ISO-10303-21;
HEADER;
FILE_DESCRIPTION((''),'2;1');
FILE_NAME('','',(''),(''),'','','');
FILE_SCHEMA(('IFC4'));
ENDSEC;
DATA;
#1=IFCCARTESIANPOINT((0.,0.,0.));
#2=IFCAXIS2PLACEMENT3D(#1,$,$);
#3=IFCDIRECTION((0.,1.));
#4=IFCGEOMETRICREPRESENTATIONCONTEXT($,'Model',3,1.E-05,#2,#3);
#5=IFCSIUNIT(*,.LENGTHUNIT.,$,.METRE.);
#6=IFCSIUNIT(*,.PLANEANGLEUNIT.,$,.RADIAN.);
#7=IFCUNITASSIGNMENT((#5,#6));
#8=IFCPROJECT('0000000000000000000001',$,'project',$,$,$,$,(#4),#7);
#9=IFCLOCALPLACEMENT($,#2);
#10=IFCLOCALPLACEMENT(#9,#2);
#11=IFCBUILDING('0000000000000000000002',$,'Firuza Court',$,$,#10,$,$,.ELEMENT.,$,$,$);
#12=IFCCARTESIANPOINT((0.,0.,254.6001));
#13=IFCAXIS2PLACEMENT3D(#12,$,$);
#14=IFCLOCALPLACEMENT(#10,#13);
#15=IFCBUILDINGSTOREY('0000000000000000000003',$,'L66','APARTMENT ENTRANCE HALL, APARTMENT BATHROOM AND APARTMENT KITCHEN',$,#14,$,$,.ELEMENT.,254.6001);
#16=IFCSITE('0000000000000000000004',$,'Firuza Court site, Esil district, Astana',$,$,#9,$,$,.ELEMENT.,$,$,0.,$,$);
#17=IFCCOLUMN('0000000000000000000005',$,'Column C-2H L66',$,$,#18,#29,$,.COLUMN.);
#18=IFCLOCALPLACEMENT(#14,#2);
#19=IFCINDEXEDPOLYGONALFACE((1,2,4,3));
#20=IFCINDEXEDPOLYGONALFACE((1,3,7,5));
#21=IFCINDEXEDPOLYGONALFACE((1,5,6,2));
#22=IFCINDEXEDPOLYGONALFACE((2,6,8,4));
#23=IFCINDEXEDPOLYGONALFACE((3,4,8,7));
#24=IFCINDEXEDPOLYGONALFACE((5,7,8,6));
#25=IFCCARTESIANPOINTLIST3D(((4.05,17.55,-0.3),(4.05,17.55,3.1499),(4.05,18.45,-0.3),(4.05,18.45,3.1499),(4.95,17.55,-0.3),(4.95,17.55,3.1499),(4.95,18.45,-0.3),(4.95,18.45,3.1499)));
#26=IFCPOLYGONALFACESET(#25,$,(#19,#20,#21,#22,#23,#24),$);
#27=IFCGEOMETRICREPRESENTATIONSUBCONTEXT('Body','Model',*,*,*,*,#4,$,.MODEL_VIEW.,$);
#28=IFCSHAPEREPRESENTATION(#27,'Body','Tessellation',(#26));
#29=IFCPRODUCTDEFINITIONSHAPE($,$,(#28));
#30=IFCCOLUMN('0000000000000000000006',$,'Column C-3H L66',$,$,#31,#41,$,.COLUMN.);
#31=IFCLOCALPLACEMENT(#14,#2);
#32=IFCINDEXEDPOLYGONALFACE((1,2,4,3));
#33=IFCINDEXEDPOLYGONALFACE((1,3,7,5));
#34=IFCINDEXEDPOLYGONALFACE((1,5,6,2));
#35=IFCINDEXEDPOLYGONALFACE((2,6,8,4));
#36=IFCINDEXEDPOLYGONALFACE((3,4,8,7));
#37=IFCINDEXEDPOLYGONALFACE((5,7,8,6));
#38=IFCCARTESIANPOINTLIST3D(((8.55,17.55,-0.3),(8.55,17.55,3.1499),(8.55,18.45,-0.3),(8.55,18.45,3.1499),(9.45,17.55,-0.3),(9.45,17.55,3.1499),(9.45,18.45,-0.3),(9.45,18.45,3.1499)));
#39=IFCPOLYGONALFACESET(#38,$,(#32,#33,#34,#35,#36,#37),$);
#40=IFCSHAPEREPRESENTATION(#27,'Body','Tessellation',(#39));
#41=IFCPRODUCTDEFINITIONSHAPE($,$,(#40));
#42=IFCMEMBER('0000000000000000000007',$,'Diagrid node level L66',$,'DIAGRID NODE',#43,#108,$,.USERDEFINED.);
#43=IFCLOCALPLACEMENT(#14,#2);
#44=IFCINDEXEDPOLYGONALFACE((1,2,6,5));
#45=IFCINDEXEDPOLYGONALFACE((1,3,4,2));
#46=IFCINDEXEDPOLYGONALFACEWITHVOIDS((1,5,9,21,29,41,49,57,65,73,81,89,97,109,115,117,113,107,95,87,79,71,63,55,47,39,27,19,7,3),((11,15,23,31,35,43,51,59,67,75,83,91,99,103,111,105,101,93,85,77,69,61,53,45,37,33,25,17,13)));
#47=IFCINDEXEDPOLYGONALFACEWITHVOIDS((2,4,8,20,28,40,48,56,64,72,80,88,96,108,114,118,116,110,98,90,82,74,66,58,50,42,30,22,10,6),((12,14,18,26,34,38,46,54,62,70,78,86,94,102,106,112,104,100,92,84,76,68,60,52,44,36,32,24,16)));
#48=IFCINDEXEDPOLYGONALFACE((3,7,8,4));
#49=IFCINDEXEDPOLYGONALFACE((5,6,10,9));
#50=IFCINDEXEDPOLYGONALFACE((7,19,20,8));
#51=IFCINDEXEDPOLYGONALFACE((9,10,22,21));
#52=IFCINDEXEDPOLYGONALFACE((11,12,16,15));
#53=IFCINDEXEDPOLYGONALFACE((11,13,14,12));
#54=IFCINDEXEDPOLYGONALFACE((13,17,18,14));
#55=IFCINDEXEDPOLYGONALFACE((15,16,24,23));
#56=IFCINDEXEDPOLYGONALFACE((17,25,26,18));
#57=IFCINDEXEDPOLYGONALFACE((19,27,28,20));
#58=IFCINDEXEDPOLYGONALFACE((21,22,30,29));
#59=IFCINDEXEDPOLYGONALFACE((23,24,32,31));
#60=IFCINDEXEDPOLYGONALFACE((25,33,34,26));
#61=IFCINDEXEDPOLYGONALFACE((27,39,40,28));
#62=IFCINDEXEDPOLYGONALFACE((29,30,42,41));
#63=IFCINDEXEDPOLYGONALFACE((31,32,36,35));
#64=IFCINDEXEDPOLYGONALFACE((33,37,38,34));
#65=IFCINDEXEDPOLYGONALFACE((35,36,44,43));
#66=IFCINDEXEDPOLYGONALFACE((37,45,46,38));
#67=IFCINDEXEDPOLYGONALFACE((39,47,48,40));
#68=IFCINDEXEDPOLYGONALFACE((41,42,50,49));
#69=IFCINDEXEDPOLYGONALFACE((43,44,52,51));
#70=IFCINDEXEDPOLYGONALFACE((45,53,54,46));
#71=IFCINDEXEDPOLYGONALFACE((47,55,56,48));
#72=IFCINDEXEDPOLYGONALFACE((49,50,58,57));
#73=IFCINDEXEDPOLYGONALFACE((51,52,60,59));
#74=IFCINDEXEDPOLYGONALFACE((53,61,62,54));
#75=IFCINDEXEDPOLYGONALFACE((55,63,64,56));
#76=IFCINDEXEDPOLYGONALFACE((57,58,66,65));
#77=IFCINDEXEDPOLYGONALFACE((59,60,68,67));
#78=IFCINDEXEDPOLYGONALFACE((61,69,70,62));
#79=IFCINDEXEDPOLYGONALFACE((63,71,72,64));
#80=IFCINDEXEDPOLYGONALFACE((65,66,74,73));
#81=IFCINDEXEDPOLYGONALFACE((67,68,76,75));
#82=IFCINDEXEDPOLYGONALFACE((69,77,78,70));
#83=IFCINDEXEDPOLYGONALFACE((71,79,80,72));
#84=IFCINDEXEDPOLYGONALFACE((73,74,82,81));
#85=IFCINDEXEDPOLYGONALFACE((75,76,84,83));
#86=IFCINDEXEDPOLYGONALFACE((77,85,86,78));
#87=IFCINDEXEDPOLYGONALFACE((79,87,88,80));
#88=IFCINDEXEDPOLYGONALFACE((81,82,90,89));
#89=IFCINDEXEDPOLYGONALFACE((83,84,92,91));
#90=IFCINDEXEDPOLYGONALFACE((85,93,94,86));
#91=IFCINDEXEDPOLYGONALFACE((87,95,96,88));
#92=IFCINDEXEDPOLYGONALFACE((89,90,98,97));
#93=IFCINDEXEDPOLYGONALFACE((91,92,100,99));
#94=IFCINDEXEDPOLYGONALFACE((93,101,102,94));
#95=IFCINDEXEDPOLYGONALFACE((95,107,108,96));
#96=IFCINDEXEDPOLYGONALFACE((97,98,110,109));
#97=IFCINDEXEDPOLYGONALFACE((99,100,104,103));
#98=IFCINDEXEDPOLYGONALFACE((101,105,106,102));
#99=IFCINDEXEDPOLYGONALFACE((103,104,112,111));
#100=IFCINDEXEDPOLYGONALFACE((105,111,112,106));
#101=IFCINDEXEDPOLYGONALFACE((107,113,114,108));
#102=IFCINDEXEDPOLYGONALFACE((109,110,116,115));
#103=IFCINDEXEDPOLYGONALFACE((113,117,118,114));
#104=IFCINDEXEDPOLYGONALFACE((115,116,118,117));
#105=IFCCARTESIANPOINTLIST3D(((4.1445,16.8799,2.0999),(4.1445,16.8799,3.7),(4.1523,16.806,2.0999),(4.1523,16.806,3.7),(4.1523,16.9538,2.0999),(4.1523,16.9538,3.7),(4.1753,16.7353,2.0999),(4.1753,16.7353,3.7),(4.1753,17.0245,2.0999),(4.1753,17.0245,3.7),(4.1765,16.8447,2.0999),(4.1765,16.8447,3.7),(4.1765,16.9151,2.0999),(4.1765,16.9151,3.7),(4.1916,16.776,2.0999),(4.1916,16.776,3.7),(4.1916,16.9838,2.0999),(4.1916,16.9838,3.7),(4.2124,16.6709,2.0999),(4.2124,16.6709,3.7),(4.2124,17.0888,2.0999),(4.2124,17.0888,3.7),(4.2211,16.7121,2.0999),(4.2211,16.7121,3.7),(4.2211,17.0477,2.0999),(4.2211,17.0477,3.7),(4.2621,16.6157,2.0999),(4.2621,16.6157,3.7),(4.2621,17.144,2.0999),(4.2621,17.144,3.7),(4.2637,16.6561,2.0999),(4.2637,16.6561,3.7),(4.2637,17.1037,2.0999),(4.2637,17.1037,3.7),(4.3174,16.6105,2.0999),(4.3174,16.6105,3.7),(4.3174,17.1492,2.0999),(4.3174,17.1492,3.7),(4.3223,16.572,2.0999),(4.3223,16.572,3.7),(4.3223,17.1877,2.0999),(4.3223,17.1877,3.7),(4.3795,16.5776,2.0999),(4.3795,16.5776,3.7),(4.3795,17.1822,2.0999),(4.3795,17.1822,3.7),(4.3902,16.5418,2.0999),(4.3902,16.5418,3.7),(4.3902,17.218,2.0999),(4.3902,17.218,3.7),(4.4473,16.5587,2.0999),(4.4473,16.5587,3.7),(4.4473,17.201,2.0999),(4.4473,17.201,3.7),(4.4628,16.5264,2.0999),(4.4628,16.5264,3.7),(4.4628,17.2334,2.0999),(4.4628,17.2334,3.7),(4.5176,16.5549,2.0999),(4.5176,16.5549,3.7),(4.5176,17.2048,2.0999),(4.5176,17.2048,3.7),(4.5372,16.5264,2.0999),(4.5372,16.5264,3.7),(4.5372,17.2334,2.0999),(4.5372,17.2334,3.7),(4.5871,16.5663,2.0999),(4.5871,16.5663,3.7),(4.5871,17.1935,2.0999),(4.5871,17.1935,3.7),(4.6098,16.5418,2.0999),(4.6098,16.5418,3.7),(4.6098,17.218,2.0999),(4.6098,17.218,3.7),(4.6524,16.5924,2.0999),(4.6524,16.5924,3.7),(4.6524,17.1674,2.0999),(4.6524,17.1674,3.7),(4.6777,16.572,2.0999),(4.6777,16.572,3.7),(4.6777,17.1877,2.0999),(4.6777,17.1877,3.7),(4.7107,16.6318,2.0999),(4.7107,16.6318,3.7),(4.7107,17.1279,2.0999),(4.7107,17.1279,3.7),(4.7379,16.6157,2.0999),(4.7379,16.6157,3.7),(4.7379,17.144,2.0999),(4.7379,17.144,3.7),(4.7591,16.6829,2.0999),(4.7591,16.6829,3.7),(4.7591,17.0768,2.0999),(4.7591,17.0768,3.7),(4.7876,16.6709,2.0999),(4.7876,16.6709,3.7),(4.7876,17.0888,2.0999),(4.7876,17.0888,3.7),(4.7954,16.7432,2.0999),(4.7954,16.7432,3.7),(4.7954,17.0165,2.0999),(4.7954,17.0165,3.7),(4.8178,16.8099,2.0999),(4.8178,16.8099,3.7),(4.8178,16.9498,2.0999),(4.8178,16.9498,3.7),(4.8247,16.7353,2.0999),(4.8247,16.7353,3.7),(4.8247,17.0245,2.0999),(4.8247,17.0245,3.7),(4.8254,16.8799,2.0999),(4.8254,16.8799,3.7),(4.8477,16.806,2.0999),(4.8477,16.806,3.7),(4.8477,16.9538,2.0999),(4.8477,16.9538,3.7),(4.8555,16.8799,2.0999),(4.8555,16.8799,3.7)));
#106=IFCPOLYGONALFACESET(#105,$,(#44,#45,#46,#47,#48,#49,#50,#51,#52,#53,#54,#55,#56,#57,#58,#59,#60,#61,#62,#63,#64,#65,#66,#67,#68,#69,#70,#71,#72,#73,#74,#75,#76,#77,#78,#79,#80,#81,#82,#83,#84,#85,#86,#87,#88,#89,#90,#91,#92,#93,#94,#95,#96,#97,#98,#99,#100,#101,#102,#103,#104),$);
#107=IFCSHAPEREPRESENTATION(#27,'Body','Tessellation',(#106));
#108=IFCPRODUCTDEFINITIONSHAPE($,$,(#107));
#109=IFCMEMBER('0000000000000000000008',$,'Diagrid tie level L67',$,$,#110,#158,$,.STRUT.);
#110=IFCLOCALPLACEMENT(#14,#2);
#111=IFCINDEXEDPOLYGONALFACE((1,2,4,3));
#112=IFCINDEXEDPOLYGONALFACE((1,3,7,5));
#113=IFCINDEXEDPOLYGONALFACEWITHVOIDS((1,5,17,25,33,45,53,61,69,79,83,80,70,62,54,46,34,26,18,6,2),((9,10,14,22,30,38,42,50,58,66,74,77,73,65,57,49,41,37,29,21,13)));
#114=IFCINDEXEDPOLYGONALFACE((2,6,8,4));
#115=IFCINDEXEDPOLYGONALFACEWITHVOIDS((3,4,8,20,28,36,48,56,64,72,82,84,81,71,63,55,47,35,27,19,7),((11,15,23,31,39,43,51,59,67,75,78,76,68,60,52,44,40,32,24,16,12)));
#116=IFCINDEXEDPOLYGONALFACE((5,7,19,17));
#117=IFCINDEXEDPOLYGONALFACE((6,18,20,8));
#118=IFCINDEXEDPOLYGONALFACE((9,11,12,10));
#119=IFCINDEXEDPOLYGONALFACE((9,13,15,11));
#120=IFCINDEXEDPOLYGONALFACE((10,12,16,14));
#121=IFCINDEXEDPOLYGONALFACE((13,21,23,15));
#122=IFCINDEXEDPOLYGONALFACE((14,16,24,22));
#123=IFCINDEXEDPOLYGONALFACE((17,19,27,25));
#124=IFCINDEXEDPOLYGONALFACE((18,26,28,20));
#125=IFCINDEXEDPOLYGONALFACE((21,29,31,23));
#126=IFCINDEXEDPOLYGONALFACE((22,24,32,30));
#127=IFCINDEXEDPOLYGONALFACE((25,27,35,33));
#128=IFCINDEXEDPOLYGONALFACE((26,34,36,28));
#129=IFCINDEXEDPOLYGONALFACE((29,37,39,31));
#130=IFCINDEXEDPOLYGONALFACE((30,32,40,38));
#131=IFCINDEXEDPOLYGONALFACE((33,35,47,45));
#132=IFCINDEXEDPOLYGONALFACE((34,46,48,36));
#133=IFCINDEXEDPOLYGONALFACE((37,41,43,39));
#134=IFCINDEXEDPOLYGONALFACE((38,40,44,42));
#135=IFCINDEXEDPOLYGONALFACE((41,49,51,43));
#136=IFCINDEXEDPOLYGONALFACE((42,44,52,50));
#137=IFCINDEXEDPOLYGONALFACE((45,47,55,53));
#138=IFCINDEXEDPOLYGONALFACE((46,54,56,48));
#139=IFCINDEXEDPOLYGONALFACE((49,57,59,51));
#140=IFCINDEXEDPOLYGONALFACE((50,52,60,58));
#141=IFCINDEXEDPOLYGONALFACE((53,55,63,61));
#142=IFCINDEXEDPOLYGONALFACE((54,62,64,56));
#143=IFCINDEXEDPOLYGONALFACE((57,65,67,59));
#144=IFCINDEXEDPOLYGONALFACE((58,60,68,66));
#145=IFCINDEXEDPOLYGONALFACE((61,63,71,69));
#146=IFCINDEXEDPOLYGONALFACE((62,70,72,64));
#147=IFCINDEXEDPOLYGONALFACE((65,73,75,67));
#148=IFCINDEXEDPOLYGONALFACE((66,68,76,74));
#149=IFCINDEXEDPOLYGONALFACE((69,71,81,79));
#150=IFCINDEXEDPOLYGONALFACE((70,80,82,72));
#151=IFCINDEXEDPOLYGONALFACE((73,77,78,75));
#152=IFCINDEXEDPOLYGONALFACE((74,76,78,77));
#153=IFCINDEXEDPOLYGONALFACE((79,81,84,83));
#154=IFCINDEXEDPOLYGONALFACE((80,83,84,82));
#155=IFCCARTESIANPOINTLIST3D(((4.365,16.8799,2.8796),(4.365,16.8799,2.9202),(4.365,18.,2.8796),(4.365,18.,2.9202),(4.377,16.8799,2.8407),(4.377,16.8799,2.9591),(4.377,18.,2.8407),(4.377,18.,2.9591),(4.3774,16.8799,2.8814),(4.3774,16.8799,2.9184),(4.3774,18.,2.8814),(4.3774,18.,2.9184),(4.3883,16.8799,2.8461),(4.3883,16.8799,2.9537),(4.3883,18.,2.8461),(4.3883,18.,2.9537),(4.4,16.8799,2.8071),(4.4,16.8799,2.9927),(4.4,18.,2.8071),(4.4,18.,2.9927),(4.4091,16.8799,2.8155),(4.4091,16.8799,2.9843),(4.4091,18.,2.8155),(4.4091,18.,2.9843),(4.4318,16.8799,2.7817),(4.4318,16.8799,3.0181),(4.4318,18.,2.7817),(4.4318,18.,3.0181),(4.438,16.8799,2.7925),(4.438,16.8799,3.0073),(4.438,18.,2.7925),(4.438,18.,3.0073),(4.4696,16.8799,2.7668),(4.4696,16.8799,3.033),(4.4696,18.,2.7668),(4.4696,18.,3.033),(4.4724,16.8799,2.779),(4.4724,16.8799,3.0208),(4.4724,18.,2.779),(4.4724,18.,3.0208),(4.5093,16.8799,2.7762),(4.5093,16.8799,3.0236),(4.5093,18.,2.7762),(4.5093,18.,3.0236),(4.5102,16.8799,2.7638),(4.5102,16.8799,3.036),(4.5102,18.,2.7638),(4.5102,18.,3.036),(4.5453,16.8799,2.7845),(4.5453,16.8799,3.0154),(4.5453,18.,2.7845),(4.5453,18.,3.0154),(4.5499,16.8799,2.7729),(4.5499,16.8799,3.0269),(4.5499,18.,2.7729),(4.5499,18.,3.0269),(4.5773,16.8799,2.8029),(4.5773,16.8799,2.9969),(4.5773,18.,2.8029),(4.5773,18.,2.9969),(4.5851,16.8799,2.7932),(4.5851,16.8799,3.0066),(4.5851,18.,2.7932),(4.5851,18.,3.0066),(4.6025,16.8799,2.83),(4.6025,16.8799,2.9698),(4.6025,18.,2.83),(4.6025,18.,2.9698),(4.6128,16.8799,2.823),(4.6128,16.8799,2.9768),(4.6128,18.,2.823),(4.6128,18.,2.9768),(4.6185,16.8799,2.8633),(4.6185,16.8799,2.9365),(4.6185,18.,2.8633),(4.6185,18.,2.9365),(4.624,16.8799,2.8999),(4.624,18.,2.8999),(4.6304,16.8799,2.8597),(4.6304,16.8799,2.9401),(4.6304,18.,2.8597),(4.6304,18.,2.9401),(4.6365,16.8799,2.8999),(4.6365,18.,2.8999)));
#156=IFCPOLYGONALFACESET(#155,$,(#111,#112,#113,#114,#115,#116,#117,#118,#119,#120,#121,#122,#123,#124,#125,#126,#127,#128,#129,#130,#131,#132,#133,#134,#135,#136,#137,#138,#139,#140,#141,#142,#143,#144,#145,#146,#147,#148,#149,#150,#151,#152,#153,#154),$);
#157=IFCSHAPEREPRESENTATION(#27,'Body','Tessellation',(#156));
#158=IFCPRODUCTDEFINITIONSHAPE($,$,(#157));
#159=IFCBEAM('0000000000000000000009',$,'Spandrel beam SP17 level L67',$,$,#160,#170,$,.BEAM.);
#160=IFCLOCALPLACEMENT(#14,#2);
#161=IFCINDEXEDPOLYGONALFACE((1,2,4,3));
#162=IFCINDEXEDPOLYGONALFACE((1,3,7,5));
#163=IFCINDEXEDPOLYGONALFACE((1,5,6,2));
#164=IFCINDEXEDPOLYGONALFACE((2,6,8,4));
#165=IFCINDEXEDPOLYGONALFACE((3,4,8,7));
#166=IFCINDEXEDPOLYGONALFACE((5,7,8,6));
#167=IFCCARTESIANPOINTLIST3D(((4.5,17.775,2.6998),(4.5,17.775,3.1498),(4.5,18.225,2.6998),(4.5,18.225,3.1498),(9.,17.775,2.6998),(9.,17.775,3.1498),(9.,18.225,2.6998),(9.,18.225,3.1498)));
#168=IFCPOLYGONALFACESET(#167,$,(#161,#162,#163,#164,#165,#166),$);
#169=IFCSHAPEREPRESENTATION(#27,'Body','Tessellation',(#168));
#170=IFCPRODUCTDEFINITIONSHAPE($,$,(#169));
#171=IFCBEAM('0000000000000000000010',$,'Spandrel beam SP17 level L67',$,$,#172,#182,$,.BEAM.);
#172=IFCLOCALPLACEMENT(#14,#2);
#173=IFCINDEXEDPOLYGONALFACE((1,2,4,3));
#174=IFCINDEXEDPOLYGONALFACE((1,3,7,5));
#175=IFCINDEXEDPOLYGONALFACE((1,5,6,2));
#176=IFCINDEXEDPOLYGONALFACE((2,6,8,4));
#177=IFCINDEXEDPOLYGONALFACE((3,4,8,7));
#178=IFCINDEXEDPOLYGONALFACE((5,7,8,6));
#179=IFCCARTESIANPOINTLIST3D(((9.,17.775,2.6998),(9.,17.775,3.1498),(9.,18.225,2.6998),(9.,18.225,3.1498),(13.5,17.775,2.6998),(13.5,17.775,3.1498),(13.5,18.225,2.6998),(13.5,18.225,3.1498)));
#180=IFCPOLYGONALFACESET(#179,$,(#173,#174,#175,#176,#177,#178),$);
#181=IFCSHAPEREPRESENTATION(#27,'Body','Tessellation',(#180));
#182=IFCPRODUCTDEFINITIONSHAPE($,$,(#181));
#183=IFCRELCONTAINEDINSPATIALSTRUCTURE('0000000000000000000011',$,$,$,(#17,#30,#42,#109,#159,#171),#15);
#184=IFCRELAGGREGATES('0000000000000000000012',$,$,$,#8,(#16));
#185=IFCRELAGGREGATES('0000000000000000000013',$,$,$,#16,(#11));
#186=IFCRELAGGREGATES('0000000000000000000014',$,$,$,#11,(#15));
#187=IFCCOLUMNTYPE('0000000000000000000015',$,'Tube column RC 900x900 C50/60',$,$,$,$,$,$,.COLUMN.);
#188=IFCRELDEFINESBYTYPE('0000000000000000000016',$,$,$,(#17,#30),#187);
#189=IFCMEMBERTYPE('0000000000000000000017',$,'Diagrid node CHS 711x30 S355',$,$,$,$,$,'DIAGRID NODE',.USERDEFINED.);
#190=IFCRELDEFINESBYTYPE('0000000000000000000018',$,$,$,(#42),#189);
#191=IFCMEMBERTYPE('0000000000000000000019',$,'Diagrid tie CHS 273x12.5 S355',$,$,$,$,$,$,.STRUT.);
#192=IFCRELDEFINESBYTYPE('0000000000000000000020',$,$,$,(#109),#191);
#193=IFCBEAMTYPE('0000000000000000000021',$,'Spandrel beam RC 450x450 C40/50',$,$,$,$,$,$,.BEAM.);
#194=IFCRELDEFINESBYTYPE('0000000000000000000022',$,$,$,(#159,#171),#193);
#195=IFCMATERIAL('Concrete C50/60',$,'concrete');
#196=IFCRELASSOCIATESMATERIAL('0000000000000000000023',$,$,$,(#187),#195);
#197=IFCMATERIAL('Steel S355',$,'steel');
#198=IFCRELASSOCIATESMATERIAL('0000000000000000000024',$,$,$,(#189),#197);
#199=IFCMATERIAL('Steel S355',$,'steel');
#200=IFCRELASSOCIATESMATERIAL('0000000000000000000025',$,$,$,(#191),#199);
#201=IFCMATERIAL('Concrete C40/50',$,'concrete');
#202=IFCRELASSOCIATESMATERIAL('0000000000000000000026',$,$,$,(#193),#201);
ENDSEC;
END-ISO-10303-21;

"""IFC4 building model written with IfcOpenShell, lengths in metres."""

from ifc_helpers import new_model, si_unit, direction, frame, origin, origin_2d, place, context, subcontext, project, spatial, rectangle, hollow_circle, extrude, material, material_profile, profile_set, type_object, element, save


model = new_model("IFC4")

# Units and contexts
model_context = context("Model", 3, precision=1e-05, world=origin(), true_north=direction((0.0, 1.0)))
body_context = subcontext(model_context, "Body", "Model", "MODEL_VIEW")
ifc_project = project(units=[si_unit("LENGTHUNIT", "METRE"), si_unit("PLANEANGLEUNIT", "RADIAN")], contexts=[model_context])

# Site, building, storey
site_placement = place(None, origin())
site = spatial("IfcSite", under=ifc_project, at=site_placement, Name="Firuza Court site, Esil district, Astana", CompositionType="ELEMENT", RefElevation=0.0)
building_placement = place(site_placement, origin())
building = spatial("IfcBuilding", under=site, at=building_placement, Name="Firuza Court", CompositionType="ELEMENT")
storey_placement = place(building_placement, frame((0.0, 0.0, 254.6001)))
storey = spatial("IfcBuildingStorey", under=building, at=storey_placement, Name="L66", Description="APARTMENT ENTRANCE HALL, APARTMENT BATHROOM AND APARTMENT KITCHEN", CompositionType="ELEMENT", Elevation=254.6001)

# Columns
ifc_material_1 = material(Name="Concrete C50/60", Category="concrete")
ifc_material_profile_1 = material_profile(ifc_material_1, rectangle(XDim=0.8999, YDim=0.8999, at=origin_2d()), Name="RC 900x900")
ifc_profile_set_1 = profile_set([ifc_material_profile_1], Name="Concrete C50/60")
column_type = type_object("IfcColumnType", Name="Tube column RC 900x900 C50/60", PredefinedType="COLUMN", material=ifc_profile_set_1)
for number, where, z_axis, x_axis, name in (
    (1, (4.5, 18.0, -0.3), (0.0, 0.0, 1.0), (1.0, 0.0, 0.0), "Column C-2H L66"),
    (2, (9.0, 18.0, -0.3), (0.0, 0.0, 1.0), (1.0, 0.0, 0.0), "Column C-3H L66"),
):
    element("IfcColumn", number, at=place(storey_placement, frame(where, z_axis=z_axis, x_axis=x_axis)), inside=storey, type_object=column_type, Name=name, PredefinedType="COLUMN", context=body_context, shape_type="SweptSolid", body=[
        extrude(rectangle(XDim=0.8999, YDim=0.8999, at=origin_2d()), origin(), (0.0, 0.0, 1.0), 3.45),
    ])

# Members
ifc_material_2 = material(Name="Steel S355", Category="steel")
ifc_material_profile_2 = material_profile(ifc_material_2, hollow_circle(Radius=0.3555, WallThickness=0.03, at=origin_2d()), Name="CHS 711x30")
ifc_profile_set_2 = profile_set([ifc_material_profile_2], Name="Steel S355")
member_type_1 = type_object("IfcMemberType", Name="Diagrid node CHS 711x30 S355", ElementType="DIAGRID NODE", PredefinedType="USERDEFINED", material=ifc_profile_set_2)
member_1_placement = place(storey_placement, frame((4.5, 16.8799, 2.0999), z_axis=(0.0, 0.0, 1.0), x_axis=(1.0, 0.0, 0.0)))
element("IfcMember", 3, at=member_1_placement, inside=storey, type_object=member_type_1, Name="Diagrid node level L66", ObjectType="DIAGRID NODE", PredefinedType="USERDEFINED", context=body_context, shape_type="SweptSolid", body=[
    extrude(hollow_circle(Radius=0.3555, WallThickness=0.03, at=origin_2d()), origin(), (0.0, 0.0, 1.0), 1.6001),
])
ifc_material_3 = material(Name="Steel S355", Category="steel")
ifc_material_profile_3 = material_profile(ifc_material_3, hollow_circle(Radius=0.1365, WallThickness=0.0125, at=origin_2d()), Name="CHS 273x12.5")
ifc_profile_set_3 = profile_set([ifc_material_profile_3], Name="Steel S355")
member_type_2 = type_object("IfcMemberType", Name="Diagrid tie CHS 273x12.5 S355", PredefinedType="STRUT", material=ifc_profile_set_3)
member_2_placement = place(storey_placement, frame((4.5, 18.0, 2.8999), z_axis=(0.0, -1.0, 0.0), x_axis=(1.0, 0.0, 0.0)))
element("IfcMember", 4, at=member_2_placement, inside=storey, type_object=member_type_2, Name="Diagrid tie level L67", PredefinedType="STRUT", context=body_context, shape_type="SweptSolid", body=[
    extrude(hollow_circle(Radius=0.1365, WallThickness=0.0125, at=origin_2d()), origin(), (0.0, 0.0, 1.0), 1.1201),
])

# Beams
ifc_material_4 = material(Name="Concrete C40/50", Category="concrete")
ifc_material_profile_4 = material_profile(ifc_material_4, rectangle(XDim=0.45, YDim=0.45, at=origin_2d()), Name="RC 450x450")
ifc_profile_set_4 = profile_set([ifc_material_profile_4], Name="Concrete C40/50")
beam_type = type_object("IfcBeamType", Name="Spandrel beam RC 450x450 C40/50", PredefinedType="BEAM", material=ifc_profile_set_4)
for number, where, z_axis, x_axis, name in (
    (5, (4.5, 18.0, 2.9248), (1.0, 0.0, 0.0), (0.0, 1.0, 0.0), "Spandrel beam SP17 level L67"),
    (6, (9.0, 18.0, 2.9248), (1.0, 0.0, 0.0), (0.0, 1.0, 0.0), "Spandrel beam SP17 level L67"),
):
    element("IfcBeam", number, at=place(storey_placement, frame(where, z_axis=z_axis, x_axis=x_axis)), inside=storey, type_object=beam_type, Name=name, PredefinedType="BEAM", context=body_context, shape_type="SweptSolid", body=[
        extrude(rectangle(XDim=0.45, YDim=0.45, at=origin_2d()), origin(), (0.0, 0.0, 1.0), 4.5),
    ])

save(model, "model.ifc")
